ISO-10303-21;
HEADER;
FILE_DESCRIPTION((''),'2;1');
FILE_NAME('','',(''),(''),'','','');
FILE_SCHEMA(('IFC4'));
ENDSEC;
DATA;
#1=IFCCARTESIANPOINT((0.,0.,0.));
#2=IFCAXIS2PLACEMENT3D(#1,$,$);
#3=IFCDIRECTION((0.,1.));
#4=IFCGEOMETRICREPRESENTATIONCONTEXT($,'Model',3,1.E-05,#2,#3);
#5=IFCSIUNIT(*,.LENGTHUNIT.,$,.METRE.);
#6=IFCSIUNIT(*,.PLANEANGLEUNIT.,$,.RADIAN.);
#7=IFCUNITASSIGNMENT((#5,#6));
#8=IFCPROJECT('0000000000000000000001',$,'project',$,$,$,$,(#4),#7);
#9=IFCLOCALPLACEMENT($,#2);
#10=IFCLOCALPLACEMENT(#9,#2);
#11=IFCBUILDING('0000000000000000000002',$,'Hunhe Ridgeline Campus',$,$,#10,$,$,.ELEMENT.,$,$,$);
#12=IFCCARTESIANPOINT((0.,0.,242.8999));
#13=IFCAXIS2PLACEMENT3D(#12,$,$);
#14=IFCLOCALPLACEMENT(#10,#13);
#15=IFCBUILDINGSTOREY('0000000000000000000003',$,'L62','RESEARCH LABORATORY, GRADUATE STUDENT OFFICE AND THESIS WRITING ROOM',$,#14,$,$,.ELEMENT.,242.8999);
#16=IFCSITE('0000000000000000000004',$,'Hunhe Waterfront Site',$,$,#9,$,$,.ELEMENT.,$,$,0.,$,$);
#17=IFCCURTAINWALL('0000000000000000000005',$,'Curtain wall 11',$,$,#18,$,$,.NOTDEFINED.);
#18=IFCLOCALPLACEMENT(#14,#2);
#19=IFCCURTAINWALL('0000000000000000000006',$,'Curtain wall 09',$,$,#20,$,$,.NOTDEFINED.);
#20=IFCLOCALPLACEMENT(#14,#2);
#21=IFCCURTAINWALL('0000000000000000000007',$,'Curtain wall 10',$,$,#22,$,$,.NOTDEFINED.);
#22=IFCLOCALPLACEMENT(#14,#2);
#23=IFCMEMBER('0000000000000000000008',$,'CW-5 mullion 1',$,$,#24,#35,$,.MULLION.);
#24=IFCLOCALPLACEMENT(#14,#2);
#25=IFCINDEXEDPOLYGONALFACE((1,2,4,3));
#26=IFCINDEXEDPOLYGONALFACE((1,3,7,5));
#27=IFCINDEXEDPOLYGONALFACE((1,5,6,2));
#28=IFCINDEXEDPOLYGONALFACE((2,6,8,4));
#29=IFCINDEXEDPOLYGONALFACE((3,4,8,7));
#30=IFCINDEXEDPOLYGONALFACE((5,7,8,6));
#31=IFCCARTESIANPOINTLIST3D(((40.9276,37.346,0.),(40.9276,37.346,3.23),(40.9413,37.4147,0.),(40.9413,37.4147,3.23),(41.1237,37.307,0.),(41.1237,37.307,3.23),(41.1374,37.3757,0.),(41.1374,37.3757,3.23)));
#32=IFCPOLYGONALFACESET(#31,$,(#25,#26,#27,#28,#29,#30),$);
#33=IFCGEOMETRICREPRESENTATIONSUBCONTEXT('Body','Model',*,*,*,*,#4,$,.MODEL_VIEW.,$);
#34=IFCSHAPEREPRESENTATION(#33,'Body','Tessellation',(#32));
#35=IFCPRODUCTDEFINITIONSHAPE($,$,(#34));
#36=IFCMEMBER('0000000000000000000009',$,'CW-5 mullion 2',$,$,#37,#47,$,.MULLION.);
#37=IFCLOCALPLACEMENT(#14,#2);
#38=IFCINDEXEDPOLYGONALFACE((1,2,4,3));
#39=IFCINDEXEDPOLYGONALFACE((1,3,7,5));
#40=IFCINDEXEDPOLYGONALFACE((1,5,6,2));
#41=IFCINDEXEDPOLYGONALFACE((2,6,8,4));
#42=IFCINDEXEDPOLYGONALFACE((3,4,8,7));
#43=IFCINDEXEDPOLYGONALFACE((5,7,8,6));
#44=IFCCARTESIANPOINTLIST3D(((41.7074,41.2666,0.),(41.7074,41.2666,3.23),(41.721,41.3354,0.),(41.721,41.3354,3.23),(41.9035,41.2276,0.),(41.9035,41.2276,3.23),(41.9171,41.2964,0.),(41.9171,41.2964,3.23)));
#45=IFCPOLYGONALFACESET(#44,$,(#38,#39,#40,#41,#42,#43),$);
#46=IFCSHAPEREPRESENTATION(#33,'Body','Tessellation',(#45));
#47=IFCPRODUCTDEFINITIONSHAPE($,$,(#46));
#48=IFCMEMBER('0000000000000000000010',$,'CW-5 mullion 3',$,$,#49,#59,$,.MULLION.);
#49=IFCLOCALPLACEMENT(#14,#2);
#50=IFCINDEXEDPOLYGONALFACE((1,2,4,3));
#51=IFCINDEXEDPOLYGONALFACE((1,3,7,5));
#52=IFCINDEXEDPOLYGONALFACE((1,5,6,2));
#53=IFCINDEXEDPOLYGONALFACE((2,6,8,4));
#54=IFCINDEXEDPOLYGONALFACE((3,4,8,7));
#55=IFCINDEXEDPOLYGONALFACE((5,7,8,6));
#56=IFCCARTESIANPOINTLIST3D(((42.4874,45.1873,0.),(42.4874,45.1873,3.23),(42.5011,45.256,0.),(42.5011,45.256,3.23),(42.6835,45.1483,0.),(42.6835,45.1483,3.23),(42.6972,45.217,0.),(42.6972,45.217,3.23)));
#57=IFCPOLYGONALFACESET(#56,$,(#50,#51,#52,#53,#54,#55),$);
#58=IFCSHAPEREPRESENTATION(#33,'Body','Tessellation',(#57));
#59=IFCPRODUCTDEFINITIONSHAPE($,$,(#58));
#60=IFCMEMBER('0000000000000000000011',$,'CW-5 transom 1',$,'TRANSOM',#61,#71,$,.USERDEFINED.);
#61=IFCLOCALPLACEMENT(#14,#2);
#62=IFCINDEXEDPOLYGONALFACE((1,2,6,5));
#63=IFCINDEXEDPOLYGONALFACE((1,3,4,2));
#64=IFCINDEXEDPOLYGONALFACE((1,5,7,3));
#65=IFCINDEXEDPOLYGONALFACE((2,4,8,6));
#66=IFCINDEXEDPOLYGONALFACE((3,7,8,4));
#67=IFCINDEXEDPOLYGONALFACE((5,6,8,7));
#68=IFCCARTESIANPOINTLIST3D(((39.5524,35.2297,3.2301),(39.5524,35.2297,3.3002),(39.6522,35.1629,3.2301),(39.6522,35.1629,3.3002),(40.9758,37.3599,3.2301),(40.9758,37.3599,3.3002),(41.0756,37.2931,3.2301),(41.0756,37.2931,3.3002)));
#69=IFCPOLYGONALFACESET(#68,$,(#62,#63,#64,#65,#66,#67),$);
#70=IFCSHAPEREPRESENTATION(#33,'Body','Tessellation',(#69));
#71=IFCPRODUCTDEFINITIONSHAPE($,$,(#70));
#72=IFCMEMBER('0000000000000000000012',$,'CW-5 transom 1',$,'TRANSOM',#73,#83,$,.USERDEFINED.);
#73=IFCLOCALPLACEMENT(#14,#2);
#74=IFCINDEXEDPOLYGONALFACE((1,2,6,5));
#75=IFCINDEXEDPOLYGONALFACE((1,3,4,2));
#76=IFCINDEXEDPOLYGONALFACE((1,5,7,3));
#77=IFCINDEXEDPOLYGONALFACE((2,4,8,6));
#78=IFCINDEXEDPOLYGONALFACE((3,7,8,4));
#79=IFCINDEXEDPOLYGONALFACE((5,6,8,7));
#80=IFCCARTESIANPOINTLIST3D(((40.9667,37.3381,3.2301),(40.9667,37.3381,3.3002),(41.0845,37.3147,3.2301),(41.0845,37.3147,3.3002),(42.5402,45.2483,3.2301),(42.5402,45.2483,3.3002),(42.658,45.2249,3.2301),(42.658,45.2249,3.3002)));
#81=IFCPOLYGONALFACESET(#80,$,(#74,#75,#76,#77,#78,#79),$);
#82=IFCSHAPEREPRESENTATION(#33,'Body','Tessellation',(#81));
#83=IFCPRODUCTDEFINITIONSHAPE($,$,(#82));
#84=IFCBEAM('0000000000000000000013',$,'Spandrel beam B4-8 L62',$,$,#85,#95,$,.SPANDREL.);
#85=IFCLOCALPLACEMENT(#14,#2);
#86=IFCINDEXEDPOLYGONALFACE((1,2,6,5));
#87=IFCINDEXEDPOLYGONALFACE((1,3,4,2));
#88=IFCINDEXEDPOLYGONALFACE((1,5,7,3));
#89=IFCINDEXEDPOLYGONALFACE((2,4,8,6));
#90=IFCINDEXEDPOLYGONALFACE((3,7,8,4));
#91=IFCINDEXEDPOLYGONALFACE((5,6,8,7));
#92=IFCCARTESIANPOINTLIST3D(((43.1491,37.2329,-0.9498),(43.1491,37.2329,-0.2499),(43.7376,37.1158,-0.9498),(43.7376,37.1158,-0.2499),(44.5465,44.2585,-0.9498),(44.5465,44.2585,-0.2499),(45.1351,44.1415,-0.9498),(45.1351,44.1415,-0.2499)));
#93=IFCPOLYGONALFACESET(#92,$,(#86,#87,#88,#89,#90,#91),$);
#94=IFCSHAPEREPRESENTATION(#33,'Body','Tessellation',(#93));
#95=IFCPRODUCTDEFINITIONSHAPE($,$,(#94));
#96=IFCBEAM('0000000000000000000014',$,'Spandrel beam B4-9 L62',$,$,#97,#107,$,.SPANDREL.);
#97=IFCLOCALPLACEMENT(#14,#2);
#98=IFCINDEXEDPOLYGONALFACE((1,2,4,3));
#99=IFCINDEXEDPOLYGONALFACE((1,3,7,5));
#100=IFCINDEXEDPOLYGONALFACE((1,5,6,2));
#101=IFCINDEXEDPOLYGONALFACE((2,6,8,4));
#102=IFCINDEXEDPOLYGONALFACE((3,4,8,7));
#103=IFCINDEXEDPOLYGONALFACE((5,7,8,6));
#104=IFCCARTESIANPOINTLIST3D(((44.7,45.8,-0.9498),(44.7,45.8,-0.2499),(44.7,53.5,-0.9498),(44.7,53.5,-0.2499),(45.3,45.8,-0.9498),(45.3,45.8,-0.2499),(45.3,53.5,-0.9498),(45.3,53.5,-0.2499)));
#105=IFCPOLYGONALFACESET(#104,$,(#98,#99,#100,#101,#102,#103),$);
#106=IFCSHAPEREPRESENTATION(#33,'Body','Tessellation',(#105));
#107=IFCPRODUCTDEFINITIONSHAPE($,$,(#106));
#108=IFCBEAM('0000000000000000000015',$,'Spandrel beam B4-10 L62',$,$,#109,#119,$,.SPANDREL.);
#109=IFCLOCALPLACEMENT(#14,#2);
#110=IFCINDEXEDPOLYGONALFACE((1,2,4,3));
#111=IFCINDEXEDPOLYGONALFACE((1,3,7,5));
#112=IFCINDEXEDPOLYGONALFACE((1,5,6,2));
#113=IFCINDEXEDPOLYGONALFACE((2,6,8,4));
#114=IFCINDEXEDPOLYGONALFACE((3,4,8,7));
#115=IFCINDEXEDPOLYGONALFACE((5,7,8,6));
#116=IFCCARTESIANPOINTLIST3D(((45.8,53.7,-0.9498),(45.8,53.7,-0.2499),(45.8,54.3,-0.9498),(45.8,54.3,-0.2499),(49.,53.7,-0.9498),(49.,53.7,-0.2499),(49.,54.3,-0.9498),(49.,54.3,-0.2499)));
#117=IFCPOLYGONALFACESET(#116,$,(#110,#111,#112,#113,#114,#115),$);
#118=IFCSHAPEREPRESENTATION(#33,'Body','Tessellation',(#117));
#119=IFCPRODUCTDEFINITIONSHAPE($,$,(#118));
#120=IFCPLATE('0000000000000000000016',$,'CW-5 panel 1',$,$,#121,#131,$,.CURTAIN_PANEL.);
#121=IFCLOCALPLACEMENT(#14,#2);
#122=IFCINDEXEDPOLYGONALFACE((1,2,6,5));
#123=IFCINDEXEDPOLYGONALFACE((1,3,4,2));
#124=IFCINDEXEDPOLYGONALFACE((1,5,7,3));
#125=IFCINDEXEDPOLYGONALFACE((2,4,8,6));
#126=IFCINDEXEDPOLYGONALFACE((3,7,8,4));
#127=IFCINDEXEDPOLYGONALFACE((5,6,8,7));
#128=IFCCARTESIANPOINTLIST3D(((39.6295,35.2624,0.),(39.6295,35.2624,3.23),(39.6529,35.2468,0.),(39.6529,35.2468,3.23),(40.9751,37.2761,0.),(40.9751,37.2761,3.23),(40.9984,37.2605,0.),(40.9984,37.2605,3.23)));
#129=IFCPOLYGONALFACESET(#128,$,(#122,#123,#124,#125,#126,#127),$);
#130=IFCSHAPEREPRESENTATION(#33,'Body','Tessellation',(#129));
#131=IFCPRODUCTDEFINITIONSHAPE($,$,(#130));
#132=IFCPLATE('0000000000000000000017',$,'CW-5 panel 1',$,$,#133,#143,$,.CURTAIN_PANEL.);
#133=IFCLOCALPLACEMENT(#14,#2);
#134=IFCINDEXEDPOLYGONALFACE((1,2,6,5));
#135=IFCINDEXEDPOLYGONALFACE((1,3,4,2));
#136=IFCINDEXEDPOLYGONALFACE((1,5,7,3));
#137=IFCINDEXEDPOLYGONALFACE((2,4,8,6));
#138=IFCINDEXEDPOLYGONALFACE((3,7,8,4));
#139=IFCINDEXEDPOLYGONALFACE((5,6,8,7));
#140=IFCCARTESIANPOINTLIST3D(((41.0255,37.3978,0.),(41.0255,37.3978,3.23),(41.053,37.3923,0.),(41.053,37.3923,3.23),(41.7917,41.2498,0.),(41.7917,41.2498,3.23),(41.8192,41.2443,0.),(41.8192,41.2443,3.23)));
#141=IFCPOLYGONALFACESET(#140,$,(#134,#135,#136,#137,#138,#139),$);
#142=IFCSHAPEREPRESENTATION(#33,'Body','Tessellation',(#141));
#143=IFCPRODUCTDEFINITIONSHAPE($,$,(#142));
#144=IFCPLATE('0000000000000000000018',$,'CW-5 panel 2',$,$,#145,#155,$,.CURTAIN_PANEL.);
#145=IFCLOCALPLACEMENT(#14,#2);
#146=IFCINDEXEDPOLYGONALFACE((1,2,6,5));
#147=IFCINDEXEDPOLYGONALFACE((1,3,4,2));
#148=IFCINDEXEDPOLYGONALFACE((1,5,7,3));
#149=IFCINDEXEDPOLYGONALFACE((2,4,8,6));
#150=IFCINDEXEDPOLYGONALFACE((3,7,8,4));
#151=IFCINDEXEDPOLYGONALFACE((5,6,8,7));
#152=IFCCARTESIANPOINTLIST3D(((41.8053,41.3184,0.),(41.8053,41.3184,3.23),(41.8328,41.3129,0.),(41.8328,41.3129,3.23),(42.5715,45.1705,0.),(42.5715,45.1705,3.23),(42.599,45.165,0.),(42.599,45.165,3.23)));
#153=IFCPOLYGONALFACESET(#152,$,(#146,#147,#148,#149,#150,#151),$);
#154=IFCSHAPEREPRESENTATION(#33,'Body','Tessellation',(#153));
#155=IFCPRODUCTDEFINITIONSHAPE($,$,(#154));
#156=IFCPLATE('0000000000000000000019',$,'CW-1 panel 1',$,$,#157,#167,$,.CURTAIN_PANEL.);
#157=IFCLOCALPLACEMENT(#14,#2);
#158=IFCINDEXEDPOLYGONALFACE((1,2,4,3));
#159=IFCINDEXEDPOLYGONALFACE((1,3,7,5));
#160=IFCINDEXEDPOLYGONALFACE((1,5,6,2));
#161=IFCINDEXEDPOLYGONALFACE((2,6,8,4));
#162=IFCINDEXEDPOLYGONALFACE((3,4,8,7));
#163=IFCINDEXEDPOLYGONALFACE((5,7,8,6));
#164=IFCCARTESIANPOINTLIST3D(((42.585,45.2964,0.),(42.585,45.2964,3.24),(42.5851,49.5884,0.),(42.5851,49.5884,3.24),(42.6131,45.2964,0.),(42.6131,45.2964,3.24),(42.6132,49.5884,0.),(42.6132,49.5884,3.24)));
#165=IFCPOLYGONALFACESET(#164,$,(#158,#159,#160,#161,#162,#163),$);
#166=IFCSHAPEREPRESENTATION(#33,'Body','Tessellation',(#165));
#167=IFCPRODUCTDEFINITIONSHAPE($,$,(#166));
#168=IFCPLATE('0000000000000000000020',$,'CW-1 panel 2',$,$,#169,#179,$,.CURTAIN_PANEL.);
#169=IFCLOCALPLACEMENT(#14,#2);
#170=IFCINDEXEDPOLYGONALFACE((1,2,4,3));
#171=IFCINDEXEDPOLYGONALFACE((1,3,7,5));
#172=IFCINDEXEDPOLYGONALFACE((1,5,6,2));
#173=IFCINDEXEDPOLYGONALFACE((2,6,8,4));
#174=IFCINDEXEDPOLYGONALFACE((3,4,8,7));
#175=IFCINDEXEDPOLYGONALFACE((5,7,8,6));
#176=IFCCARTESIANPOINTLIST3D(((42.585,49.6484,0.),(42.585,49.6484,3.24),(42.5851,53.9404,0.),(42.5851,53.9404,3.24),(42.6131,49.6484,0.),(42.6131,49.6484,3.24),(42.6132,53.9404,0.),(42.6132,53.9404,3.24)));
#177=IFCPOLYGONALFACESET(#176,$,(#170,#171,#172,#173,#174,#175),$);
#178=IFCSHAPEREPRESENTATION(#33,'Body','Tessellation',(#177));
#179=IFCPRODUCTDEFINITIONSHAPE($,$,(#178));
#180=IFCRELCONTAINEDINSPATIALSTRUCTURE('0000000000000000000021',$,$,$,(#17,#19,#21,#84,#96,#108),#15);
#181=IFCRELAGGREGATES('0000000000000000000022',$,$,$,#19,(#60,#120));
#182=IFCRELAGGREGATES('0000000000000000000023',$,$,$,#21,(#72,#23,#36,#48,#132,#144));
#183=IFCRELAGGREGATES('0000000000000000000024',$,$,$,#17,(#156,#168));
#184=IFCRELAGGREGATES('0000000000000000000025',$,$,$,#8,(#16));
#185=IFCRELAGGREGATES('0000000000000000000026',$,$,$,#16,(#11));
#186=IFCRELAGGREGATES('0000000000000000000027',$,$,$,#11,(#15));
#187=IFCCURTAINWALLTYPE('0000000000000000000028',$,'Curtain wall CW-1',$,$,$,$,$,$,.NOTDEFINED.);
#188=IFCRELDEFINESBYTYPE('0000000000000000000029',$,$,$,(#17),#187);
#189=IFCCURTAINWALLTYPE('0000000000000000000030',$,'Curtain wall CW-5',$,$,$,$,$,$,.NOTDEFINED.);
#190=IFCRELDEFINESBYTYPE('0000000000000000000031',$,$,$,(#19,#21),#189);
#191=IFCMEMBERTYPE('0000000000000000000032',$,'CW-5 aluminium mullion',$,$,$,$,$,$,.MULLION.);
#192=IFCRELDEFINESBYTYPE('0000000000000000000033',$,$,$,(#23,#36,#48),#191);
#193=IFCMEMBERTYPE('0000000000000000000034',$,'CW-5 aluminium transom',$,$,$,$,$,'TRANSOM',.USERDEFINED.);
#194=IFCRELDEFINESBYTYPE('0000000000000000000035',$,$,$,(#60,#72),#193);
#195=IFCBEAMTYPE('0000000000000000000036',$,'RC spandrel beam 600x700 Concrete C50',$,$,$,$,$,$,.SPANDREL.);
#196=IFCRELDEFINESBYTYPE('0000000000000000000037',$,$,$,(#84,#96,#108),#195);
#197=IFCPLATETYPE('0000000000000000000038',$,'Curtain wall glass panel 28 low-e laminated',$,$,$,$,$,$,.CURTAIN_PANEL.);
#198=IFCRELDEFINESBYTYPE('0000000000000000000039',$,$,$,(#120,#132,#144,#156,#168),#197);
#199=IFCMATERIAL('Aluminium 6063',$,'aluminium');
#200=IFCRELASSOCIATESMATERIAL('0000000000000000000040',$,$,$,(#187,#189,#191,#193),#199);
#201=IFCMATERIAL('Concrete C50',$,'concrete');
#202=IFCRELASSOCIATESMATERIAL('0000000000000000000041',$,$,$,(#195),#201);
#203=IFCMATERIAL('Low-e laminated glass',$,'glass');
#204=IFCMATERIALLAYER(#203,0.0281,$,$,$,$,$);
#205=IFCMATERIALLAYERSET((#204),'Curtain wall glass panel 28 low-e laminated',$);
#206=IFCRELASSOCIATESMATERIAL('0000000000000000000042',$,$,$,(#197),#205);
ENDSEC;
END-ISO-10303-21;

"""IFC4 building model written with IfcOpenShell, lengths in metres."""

from ifc_helpers import new_model, si_unit, direction, frame, origin, origin_2d, place, context, subcontext, project, spatial, rectangle, extrude, material, layer, layer_set, material_profile, profile_set, type_object, element, aggregate, save


model = new_model("IFC4")

# Units and contexts
model_context = context("Model", 3, precision=1e-05, world=origin(), true_north=direction((0.0, 1.0)))
body_context = subcontext(model_context, "Body", "Model", "MODEL_VIEW")
ifc_project = project(units=[si_unit("LENGTHUNIT", "METRE"), si_unit("PLANEANGLEUNIT", "RADIAN")], contexts=[model_context])

# Site, building, storey
site_placement = place(None, origin())
site = spatial("IfcSite", under=ifc_project, at=site_placement, Name="Hunhe Waterfront Site", CompositionType="ELEMENT", RefElevation=0.0)
building_placement = place(site_placement, origin())
building = spatial("IfcBuilding", under=site, at=building_placement, Name="Hunhe Ridgeline Campus", CompositionType="ELEMENT")
storey_placement = place(building_placement, frame((0.0, 0.0, 242.8999)))
storey = spatial("IfcBuildingStorey", under=building, at=storey_placement, Name="L62", Description="RESEARCH LABORATORY, GRADUATE STUDENT OFFICE AND THESIS WRITING ROOM", CompositionType="ELEMENT", Elevation=242.8999)

# Curtain wall
ifc_material_1 = material(Name="Aluminium 6063", Category="aluminium")
curtain_wall_type_1 = type_object("IfcCurtainWallType", Name="Curtain wall CW-1", PredefinedType="NOTDEFINED", material=ifc_material_1)
curtain_wall_1_placement = place(storey_placement, origin())
curtain_wall_1 = element("IfcCurtainWall", 1, at=curtain_wall_1_placement, inside=storey, type_object=curtain_wall_type_1, Name="Curtain wall 11", PredefinedType="NOTDEFINED")

# Shared definitions
curtain_wall_type_2 = type_object("IfcCurtainWallType", Name="Curtain wall CW-5", PredefinedType="NOTDEFINED", material=ifc_material_1)
ifc_material_profile_1 = material_profile(ifc_material_1, rectangle(XDim=0.2, YDim=0.0701, at=origin_2d()))
ifc_profile_set_1 = profile_set([ifc_material_profile_1], Name="Aluminium 6063")
member_type_1 = type_object("IfcMemberType", Name="CW-5 aluminium mullion", PredefinedType="MULLION", material=ifc_profile_set_1)

# Curtain walls, members
curtain_wall_2_placement = place(storey_placement, origin())
curtain_wall_2 = element("IfcCurtainWall", 2, at=curtain_wall_2_placement, inside=storey, type_object=curtain_wall_type_2, Name="Curtain wall 09", PredefinedType="NOTDEFINED")
curtain_wall_3_placement = place(storey_placement, origin())
curtain_wall_3 = element("IfcCurtainWall", 3, at=curtain_wall_3_placement, inside=storey, type_object=curtain_wall_type_2, Name="Curtain wall 10", PredefinedType="NOTDEFINED")
member_1_placement = place(storey_placement, frame((41.0325, 37.3608, 0.0), z_axis=(0.0, 0.0, 1.0), x_axis=(-0.980785, 0.19509, 0.0)))
member_1 = element("IfcMember", 4, at=member_1_placement, type_object=member_type_1, Name="CW-5 mullion 1", PredefinedType="MULLION", context=body_context, shape_type="SweptSolid", body=[
    extrude(rectangle(XDim=0.2, YDim=0.0701, at=origin_2d()), origin(), (0.0, 0.0, 1.0), 3.23),
])
member_2_placement = place(storey_placement, frame((41.8123, 41.2815, 0.0), z_axis=(0.0, 0.0, 1.0), x_axis=(-0.980785, 0.19509, 0.0)))
member_2 = element("IfcMember", 5, at=member_2_placement, type_object=member_type_1, Name="CW-5 mullion 2", PredefinedType="MULLION", context=body_context, shape_type="SweptSolid", body=[
    extrude(rectangle(XDim=0.2, YDim=0.0701, at=origin_2d()), origin(), (0.0, 0.0, 1.0), 3.23),
])
member_3_placement = place(storey_placement, frame((42.5923, 45.2021, 0.0), z_axis=(0.0, 0.0, 1.0), x_axis=(-0.980785, 0.19509, 0.0)))
member_3 = element("IfcMember", 6, at=member_3_placement, type_object=member_type_1, Name="CW-5 mullion 3", PredefinedType="MULLION", context=body_context, shape_type="SweptSolid", body=[
    extrude(rectangle(XDim=0.2, YDim=0.0701, at=origin_2d()), origin(), (0.0, 0.0, 1.0), 3.23),
])

# Members
ifc_material_profile_2 = material_profile(ifc_material_1, rectangle(XDim=0.1201, YDim=0.0701, at=origin_2d()))
ifc_profile_set_2 = profile_set([ifc_material_profile_2], Name="Aluminium 6063")
member_type_2 = type_object("IfcMemberType", Name="CW-5 aluminium transom", ElementType="TRANSOM", PredefinedType="USERDEFINED", material=ifc_profile_set_2)
member_4_placement = place(storey_placement, frame((39.6023, 35.1963, 3.2651), z_axis=(0.55558, 0.831463, 0.0), x_axis=(-0.831463, 0.55558, 0.0)))
member_4 = element("IfcMember", 7, at=member_4_placement, type_object=member_type_2, Name="CW-5 transom 1", ObjectType="TRANSOM", PredefinedType="USERDEFINED", context=body_context, shape_type="SweptSolid", body=[
    extrude(rectangle(XDim=0.1201, YDim=0.0701, at=origin_2d()), origin(), (0.0, 0.0, 1.0), 2.562),
])
member_5_placement = place(storey_placement, frame((41.0256, 37.3264, 3.2651), z_axis=(0.195097, 0.980784, 0.0), x_axis=(-0.980784, 0.195097, 0.0)))
member_5 = element("IfcMember", 8, at=member_5_placement, type_object=member_type_2, Name="CW-5 transom 1", ObjectType="TRANSOM", PredefinedType="USERDEFINED", context=body_context, shape_type="SweptSolid", body=[
    extrude(rectangle(XDim=0.1201, YDim=0.0701, at=origin_2d()), origin(), (0.0, 0.0, 1.0), 8.0652),
])

# Beams
ifc_material_2 = material(Name="Concrete C50", Category="concrete")
ifc_material_profile_3 = material_profile(ifc_material_2, rectangle(XDim=0.6001, YDim=0.7, at=origin_2d()))
ifc_profile_set_3 = profile_set([ifc_material_profile_3], Name="Concrete C50")
beam_type = type_object("IfcBeamType", Name="RC spandrel beam 600x700 Concrete C50", PredefinedType="SPANDREL", material=ifc_profile_set_3)
beam_1_placement = place(storey_placement, frame((43.4434, 37.1743, -0.5999), z_axis=(0.195087, 0.980786, 0.0), x_axis=(-0.980786, 0.195087, 0.0)))
element("IfcBeam", 9, at=beam_1_placement, inside=storey, type_object=beam_type, Name="Spandrel beam B4-8 L62", PredefinedType="SPANDREL", context=body_context, shape_type="SweptSolid", body=[
    extrude(rectangle(XDim=0.6001, YDim=0.7, at=origin_2d()), origin(), (0.0, 0.0, 1.0), 7.1633),
])
beam_2_placement = place(storey_placement, frame((45.0, 45.8, -0.5999), z_axis=(0.0, 1.0, 0.0), x_axis=(-1.0, 0.0, 0.0)))
element("IfcBeam", 10, at=beam_2_placement, inside=storey, type_object=beam_type, Name="Spandrel beam B4-9 L62", PredefinedType="SPANDREL", context=body_context, shape_type="SweptSolid", body=[
    extrude(rectangle(XDim=0.6001, YDim=0.7, at=origin_2d()), origin(), (0.0, 0.0, 1.0), 7.7),
])
beam_3_placement = place(storey_placement, frame((45.8, 54.0, -0.5999), z_axis=(1.0, 0.0, 0.0), x_axis=(0.0, 1.0, 0.0)))
element("IfcBeam", 11, at=beam_3_placement, inside=storey, type_object=beam_type, Name="Spandrel beam B4-10 L62", PredefinedType="SPANDREL", context=body_context, shape_type="SweptSolid", body=[
    extrude(rectangle(XDim=0.6001, YDim=0.7, at=origin_2d()), origin(), (0.0, 0.0, 1.0), 3.2),
])

# Plates
ifc_material_3 = material(Name="Low-e laminated glass", Category="glass")
ifc_layer_1 = layer(ifc_material_3, 0.0281)
ifc_layer_set_1 = layer_set([ifc_layer_1], Name="Curtain wall glass panel 28 low-e laminated")
plate_type = type_object("IfcPlateType", Name="Curtain wall glass panel 28 low-e laminated", PredefinedType="CURTAIN_PANEL", material=ifc_layer_set_1)
plate_1_placement = place(storey_placement, frame((40.314, 36.2615, 0.0), z_axis=(0.0, 0.0, 1.0), x_axis=(0.55557, 0.83147, 0.0)))
plate_1 = element("IfcPlate", 12, at=plate_1_placement, type_object=plate_type, Name="CW-5 panel 1", PredefinedType="CURTAIN_PANEL", context=body_context, shape_type="SweptSolid", body=[
    extrude(rectangle(XDim=2.4219, YDim=0.0281, at=origin_2d()), origin(), (0.0, 0.0, 1.0), 3.23),
])
aggregate(curtain_wall_2, [member_4, plate_1])
plate_2_placement = place(storey_placement, frame((41.4224, 39.321, 0.0), z_axis=(0.0, 0.0, 1.0), x_axis=(0.19509, 0.980785, 0.0)))
plate_2 = element("IfcPlate", 13, at=plate_2_placement, type_object=plate_type, Name="CW-5 panel 1", PredefinedType="CURTAIN_PANEL", context=body_context, shape_type="SweptSolid", body=[
    extrude(rectangle(XDim=3.9275, YDim=0.0281, at=origin_2d()), origin(), (0.0, 0.0, 1.0), 3.23),
])
plate_3_placement = place(storey_placement, frame((42.2021, 43.2417, 0.0), z_axis=(0.0, 0.0, 1.0), x_axis=(0.19509, 0.980785, 0.0)))
plate_3 = element("IfcPlate", 14, at=plate_3_placement, type_object=plate_type, Name="CW-5 panel 2", PredefinedType="CURTAIN_PANEL", context=body_context, shape_type="SweptSolid", body=[
    extrude(rectangle(XDim=3.9275, YDim=0.0281, at=origin_2d()), origin(), (0.0, 0.0, 1.0), 3.23),
])
aggregate(curtain_wall_3, [member_5, member_1, member_2, member_3, plate_2, plate_3])
plate_4_placement = place(storey_placement, frame((42.5991, 47.4424, 0.0), z_axis=(0.0, 0.0, 1.0), x_axis=(0.000019, 1.0, 0.0)))
plate_4 = element("IfcPlate", 15, at=plate_4_placement, type_object=plate_type, Name="CW-1 panel 1", PredefinedType="CURTAIN_PANEL", context=body_context, shape_type="SweptSolid", body=[
    extrude(rectangle(XDim=4.292, YDim=0.0281, at=origin_2d()), origin(), (0.0, 0.0, 1.0), 3.24),
])
plate_5_placement = place(storey_placement, frame((42.5991, 51.7944, 0.0), z_axis=(0.0, 0.0, 1.0), x_axis=(0.000019, 1.0, 0.0)))
plate_5 = element("IfcPlate", 16, at=plate_5_placement, type_object=plate_type, Name="CW-1 panel 2", PredefinedType="CURTAIN_PANEL", context=body_context, shape_type="SweptSolid", body=[
    extrude(rectangle(XDim=4.292, YDim=0.0281, at=origin_2d()), origin(), (0.0, 0.0, 1.0), 3.24),
])
aggregate(curtain_wall_1, [plate_4, plate_5])

save(model, "model.ifc")
